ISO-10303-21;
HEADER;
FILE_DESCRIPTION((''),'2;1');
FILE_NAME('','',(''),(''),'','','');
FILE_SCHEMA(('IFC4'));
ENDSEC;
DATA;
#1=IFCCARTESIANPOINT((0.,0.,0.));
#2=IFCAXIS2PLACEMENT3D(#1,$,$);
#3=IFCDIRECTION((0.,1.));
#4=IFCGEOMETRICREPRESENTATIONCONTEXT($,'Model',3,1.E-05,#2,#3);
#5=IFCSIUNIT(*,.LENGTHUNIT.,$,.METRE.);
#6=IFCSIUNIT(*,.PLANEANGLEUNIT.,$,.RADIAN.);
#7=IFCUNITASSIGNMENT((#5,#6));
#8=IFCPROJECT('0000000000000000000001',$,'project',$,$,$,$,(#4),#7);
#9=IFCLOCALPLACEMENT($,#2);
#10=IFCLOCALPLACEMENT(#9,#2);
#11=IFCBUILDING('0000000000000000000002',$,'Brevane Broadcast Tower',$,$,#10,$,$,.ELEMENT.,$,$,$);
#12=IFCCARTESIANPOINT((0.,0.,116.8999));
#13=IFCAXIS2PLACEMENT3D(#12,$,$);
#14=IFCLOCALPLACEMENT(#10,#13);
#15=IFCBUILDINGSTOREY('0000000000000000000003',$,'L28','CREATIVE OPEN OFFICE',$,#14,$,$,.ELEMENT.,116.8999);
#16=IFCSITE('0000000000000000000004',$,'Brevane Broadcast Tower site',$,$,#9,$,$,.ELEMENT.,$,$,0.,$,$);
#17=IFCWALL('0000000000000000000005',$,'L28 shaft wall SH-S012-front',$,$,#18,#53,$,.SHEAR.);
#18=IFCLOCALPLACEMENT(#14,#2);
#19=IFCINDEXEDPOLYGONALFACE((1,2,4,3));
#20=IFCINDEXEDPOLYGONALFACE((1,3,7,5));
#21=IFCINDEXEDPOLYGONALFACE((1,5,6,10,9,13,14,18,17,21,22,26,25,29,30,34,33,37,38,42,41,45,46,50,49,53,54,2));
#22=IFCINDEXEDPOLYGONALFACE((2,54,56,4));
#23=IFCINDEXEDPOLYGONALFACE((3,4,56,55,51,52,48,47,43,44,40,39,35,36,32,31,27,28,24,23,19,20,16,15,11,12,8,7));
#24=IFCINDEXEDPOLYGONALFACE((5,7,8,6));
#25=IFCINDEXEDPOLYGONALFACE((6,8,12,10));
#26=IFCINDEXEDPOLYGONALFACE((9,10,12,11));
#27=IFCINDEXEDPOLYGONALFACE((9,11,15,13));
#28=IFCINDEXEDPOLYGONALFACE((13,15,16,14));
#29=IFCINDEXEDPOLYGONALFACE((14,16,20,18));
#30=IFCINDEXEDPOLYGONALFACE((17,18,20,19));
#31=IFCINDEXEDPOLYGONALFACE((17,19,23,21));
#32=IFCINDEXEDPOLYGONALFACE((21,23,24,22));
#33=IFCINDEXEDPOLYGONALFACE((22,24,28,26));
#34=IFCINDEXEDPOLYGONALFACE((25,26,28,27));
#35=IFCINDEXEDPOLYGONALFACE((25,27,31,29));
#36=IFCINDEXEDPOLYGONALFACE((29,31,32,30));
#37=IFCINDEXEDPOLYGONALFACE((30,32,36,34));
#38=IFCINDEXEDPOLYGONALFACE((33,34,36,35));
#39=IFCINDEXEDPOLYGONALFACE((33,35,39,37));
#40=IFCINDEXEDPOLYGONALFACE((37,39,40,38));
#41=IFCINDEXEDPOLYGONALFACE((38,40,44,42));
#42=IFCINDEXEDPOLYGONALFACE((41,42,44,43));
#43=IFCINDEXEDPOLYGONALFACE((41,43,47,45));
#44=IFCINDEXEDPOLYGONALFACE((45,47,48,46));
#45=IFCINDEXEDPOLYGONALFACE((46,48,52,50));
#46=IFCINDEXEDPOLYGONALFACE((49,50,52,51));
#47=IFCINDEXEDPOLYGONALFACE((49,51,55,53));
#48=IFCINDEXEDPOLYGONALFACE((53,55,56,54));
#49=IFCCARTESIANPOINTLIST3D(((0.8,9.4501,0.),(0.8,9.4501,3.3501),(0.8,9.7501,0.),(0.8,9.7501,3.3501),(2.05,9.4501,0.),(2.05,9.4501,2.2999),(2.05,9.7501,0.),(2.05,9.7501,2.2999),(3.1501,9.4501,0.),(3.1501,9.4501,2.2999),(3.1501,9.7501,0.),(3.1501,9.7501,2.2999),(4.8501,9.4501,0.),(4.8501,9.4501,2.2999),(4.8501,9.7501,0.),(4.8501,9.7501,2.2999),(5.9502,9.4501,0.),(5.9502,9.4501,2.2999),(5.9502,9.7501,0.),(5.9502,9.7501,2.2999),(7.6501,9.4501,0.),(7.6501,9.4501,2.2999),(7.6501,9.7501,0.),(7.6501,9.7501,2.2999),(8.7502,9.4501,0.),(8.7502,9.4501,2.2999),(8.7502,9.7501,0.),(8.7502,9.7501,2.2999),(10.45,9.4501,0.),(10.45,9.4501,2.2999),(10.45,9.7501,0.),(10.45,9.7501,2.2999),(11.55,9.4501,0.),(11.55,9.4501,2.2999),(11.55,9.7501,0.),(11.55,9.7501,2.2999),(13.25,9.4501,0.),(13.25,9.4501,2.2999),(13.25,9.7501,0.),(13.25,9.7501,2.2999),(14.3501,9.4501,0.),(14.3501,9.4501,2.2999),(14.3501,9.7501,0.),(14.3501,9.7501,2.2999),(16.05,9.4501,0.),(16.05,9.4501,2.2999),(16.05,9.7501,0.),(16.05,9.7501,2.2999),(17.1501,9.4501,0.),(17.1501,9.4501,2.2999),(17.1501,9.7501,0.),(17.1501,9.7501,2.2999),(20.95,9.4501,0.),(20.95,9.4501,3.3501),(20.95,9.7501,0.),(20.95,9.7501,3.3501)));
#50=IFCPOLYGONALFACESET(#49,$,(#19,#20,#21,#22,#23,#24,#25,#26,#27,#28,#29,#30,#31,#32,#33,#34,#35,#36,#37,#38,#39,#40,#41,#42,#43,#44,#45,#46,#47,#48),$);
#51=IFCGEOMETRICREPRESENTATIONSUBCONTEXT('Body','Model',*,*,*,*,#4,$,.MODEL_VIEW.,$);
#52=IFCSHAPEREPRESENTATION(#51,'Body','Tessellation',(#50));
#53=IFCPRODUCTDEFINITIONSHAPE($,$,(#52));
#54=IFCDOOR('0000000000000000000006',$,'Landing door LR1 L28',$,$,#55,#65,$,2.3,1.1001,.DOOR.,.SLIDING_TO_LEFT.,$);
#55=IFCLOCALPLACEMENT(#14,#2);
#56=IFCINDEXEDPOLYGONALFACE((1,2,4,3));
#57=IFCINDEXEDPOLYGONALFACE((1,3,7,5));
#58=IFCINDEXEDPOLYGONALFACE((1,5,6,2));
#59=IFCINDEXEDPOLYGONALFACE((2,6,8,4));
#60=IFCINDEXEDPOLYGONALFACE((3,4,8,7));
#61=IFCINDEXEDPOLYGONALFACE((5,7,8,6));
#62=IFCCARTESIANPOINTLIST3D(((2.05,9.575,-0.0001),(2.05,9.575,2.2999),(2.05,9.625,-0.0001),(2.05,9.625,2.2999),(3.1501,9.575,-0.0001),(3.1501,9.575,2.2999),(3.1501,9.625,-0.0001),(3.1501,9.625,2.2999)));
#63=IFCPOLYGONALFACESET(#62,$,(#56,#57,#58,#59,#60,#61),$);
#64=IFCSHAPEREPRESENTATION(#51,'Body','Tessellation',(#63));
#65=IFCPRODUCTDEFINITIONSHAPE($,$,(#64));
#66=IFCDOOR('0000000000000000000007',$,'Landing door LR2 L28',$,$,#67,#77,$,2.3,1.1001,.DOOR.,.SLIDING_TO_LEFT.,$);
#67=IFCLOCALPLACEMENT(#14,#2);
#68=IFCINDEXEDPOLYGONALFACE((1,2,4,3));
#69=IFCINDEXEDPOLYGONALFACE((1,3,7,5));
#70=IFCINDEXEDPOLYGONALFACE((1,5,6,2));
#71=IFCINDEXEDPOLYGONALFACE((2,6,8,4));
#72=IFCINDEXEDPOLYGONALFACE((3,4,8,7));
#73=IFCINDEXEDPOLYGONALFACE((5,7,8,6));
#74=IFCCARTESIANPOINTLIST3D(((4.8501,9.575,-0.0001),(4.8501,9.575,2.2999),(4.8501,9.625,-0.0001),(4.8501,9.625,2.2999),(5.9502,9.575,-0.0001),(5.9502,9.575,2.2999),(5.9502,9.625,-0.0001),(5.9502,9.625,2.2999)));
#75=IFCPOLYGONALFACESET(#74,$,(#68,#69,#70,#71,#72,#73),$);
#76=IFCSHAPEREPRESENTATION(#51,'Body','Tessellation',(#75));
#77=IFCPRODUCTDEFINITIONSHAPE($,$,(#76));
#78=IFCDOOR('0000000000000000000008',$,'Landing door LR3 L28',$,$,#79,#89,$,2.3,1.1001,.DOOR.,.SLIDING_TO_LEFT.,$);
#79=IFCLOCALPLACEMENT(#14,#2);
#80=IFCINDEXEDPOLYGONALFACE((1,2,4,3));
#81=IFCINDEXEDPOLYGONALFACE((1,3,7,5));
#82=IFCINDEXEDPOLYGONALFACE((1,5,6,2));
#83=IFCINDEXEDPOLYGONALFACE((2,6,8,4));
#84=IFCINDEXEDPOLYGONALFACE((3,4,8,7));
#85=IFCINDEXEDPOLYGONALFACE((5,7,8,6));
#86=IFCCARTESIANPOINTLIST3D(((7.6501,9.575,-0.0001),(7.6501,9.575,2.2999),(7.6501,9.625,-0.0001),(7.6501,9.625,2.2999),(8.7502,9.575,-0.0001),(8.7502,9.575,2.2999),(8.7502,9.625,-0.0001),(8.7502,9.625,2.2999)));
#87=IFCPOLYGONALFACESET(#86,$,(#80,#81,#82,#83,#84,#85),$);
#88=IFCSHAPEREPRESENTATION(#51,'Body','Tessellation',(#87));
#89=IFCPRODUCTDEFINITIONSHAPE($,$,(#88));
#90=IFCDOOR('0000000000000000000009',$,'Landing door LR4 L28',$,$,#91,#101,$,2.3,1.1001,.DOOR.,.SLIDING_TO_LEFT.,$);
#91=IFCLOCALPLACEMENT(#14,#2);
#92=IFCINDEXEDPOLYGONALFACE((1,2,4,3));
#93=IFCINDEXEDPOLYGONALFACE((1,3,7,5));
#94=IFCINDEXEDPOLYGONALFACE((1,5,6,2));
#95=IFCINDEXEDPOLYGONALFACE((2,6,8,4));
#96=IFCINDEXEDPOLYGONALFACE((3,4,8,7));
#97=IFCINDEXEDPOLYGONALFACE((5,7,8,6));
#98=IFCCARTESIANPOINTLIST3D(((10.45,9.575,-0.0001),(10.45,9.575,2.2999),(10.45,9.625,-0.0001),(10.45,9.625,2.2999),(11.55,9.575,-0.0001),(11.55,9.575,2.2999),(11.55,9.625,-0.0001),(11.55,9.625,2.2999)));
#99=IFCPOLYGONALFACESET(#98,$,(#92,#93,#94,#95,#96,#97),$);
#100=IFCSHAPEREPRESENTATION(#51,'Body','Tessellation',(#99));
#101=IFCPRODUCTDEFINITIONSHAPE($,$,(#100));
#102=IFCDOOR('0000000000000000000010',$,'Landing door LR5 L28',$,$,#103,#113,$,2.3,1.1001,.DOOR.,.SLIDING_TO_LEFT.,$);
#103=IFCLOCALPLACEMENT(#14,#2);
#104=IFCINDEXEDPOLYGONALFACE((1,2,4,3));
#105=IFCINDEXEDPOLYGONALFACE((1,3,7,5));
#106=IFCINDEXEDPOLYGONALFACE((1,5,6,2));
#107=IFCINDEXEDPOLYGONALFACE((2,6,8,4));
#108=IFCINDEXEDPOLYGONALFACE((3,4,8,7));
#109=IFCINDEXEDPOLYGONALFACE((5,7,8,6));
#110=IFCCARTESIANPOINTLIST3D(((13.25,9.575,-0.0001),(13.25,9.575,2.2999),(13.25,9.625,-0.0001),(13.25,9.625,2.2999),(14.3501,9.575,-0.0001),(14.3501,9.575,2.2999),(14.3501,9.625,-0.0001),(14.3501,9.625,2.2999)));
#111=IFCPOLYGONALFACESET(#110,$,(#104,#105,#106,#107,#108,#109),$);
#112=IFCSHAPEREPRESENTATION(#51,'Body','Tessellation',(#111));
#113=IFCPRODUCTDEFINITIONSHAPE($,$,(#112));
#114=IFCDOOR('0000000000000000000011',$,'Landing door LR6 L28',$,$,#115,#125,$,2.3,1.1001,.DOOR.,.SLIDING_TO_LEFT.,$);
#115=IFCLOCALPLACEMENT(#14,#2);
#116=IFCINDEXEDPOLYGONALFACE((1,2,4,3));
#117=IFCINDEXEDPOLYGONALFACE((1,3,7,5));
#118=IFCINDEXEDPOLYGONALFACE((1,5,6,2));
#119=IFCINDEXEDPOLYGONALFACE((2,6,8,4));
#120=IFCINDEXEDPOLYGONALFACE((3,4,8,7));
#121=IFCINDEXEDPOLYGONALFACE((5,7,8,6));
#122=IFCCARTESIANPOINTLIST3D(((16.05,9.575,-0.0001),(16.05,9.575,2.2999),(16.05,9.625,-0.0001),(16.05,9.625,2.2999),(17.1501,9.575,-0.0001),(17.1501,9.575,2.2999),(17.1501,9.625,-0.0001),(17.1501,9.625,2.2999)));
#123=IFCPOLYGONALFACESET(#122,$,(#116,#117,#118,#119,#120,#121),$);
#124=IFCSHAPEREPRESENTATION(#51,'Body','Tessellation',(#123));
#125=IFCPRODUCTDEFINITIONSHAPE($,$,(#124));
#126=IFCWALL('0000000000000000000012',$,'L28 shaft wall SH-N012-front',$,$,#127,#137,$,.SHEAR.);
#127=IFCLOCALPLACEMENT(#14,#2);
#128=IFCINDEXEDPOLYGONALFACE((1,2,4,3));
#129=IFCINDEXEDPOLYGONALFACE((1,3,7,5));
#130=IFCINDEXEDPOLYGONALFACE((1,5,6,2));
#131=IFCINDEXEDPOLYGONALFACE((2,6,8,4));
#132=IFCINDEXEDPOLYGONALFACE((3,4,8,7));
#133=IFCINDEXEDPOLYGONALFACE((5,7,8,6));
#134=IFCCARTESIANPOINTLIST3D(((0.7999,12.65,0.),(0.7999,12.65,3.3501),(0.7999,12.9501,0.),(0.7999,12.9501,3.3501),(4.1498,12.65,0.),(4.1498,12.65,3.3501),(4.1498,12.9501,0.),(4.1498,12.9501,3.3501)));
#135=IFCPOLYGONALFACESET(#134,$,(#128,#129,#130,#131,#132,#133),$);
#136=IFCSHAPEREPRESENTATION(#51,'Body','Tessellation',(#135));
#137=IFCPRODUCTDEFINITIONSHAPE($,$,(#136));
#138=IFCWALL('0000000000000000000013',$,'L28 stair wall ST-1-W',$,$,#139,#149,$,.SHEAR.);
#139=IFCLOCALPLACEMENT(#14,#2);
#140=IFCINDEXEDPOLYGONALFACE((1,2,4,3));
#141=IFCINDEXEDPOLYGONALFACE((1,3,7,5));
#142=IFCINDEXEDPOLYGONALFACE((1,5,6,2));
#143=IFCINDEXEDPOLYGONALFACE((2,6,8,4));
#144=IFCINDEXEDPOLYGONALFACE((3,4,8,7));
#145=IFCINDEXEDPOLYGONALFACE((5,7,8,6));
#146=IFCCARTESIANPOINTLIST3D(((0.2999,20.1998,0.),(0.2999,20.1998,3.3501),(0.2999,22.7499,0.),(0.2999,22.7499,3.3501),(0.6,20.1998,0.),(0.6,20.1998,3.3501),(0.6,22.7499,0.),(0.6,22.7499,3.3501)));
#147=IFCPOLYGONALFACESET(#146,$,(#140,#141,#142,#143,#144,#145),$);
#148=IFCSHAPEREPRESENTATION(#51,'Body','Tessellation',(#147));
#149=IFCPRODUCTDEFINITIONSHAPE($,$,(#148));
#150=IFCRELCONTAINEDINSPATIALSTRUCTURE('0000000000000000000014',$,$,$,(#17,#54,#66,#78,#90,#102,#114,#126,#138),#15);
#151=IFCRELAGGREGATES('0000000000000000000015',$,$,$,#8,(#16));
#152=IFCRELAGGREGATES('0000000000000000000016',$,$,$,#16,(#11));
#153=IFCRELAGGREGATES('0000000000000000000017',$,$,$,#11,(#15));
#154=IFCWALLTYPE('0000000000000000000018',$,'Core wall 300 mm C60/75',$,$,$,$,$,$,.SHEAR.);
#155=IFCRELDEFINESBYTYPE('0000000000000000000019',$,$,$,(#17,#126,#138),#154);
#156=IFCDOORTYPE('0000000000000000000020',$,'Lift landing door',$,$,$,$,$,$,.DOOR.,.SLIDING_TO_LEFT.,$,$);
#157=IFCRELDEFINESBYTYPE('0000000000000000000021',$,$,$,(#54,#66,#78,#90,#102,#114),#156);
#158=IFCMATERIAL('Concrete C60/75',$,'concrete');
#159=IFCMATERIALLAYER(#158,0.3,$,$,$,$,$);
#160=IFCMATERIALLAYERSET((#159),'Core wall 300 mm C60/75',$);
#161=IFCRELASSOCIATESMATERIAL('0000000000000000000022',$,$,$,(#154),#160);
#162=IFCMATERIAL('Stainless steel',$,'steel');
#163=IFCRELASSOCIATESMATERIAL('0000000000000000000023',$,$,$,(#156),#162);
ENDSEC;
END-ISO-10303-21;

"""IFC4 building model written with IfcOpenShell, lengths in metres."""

from ifc_helpers import new_model, si_unit, direction, frame, frame_2d, origin, place, context, subcontext, project, spatial, rectangle, extrude, material, layer, layer_set, type_object, element, fill, save


model = new_model("IFC4")

# Units and contexts
model_context = context("Model", 3, precision=1e-05, world=origin(), true_north=direction((0.0, 1.0)))
body_context = subcontext(model_context, "Body", "Model", "MODEL_VIEW")
ifc_project = project(units=[si_unit("LENGTHUNIT", "METRE"), si_unit("PLANEANGLEUNIT", "RADIAN")], contexts=[model_context])

# Site, building, storey
site_placement = place(None, origin())
site = spatial("IfcSite", under=ifc_project, at=site_placement, Name="Brevane Broadcast Tower site", CompositionType="ELEMENT", RefElevation=0.0)
building_placement = place(site_placement, origin())
building = spatial("IfcBuilding", under=site, at=building_placement, Name="Brevane Broadcast Tower", CompositionType="ELEMENT")
storey_placement = place(building_placement, frame((0.0, 0.0, 116.8999)))
storey = spatial("IfcBuildingStorey", under=building, at=storey_placement, Name="L28", Description="CREATIVE OPEN OFFICE", CompositionType="ELEMENT", Elevation=116.8999)

# Wall, openings, doors
ifc_material_1 = material(Name="Concrete C60/75", Category="concrete")
ifc_layer_1 = layer(ifc_material_1, 0.3)
ifc_layer_set_1 = layer_set([ifc_layer_1], Name="Core wall 300 mm C60/75")
wall_type_1 = type_object("IfcWallType", Name="Core wall 300 mm C60/75", PredefinedType="SHEAR", material=ifc_layer_set_1)
wall_1_placement = place(storey_placement, frame((0.8, 9.6001, 0.0), z_axis=(0.0, 0.0, 1.0), x_axis=(1.0, 0.0, 0.0)))
wall_1 = element("IfcWall", 1, at=wall_1_placement, inside=storey, type_object=wall_type_1, Name="L28 shaft wall SH-S012-front", PredefinedType="SHEAR", context=body_context, shape_type="SweptSolid", body=[
    extrude(rectangle(XDim=20.1499, YDim=0.3, at=frame_2d((10.075, 0.0))), origin(), (0.0, 0.0, 1.0), 3.3501),
])
opening_1_placement = place(wall_1_placement, frame((1.25, 0.0, 0.0)))
opening_1 = element("IfcOpeningElement", 2, at=opening_1_placement, cuts=wall_1, PredefinedType="OPENING", context=body_context, shape_type="SweptSolid", body=[
    extrude(rectangle(XDim=1.1001, YDim=2.3, at=frame_2d((0.55, 1.1499))), frame((0.0, 0.1599, 0.0), z_axis=(0.0, -1.0, 0.0), x_axis=(1.0, 0.0, 0.0)), (0.0, 0.0, 1.0), 0.3201),
])
opening_2_placement = place(wall_1_placement, frame((4.05, 0.0, 0.0)))
opening_2 = element("IfcOpeningElement", 3, at=opening_2_placement, cuts=wall_1, PredefinedType="OPENING", context=body_context, shape_type="SweptSolid", body=[
    extrude(rectangle(XDim=1.1001, YDim=2.3, at=frame_2d((0.55, 1.1499))), frame((0.0, 0.1599, 0.0), z_axis=(0.0, -1.0, 0.0), x_axis=(1.0, 0.0, 0.0)), (0.0, 0.0, 1.0), 0.3201),
])
opening_3_placement = place(wall_1_placement, frame((6.8501, 0.0, 0.0)))
opening_3 = element("IfcOpeningElement", 4, at=opening_3_placement, cuts=wall_1, PredefinedType="OPENING", context=body_context, shape_type="SweptSolid", body=[
    extrude(rectangle(XDim=1.1001, YDim=2.3, at=frame_2d((0.55, 1.1499))), frame((0.0, 0.1599, 0.0), z_axis=(0.0, -1.0, 0.0), x_axis=(1.0, 0.0, 0.0)), (0.0, 0.0, 1.0), 0.3201),
])
opening_4_placement = place(wall_1_placement, frame((9.6499, 0.0, 0.0)))
opening_4 = element("IfcOpeningElement", 5, at=opening_4_placement, cuts=wall_1, PredefinedType="OPENING", context=body_context, shape_type="SweptSolid", body=[
    extrude(rectangle(XDim=1.1001, YDim=2.3, at=frame_2d((0.55, 1.1499))), frame((0.0, 0.1599, 0.0), z_axis=(0.0, -1.0, 0.0), x_axis=(1.0, 0.0, 0.0)), (0.0, 0.0, 1.0), 0.3201),
])
opening_5_placement = place(wall_1_placement, frame((12.45, 0.0, 0.0)))
opening_5 = element("IfcOpeningElement", 6, at=opening_5_placement, cuts=wall_1, PredefinedType="OPENING", context=body_context, shape_type="SweptSolid", body=[
    extrude(rectangle(XDim=1.1001, YDim=2.3, at=frame_2d((0.55, 1.1499))), frame((0.0, 0.1599, 0.0), z_axis=(0.0, -1.0, 0.0), x_axis=(1.0, 0.0, 0.0)), (0.0, 0.0, 1.0), 0.3201),
])
opening_6_placement = place(wall_1_placement, frame((15.25, 0.0, 0.0)))
opening_6 = element("IfcOpeningElement", 7, at=opening_6_placement, cuts=wall_1, PredefinedType="OPENING", context=body_context, shape_type="SweptSolid", body=[
    extrude(rectangle(XDim=1.1001, YDim=2.3, at=frame_2d((0.55, 1.1499))), frame((0.0, 0.1599, 0.0), z_axis=(0.0, -1.0, 0.0), x_axis=(1.0, 0.0, 0.0)), (0.0, 0.0, 1.0), 0.3201),
])
ifc_material_2 = material(Name="Stainless steel", Category="steel")
door_type = type_object("IfcDoorType", Name="Lift landing door", OperationType="SLIDING_TO_LEFT", PredefinedType="DOOR", material=ifc_material_2)
door_1_placement = place(opening_1_placement, origin())
door_1 = element("IfcDoor", 8, at=door_1_placement, inside=storey, type_object=door_type, Name="Landing door LR1 L28", OperationType="SLIDING_TO_LEFT", OverallHeight=2.3, OverallWidth=1.1001, PredefinedType="DOOR", context=body_context, shape_type="SweptSolid", body=[
    extrude(rectangle(XDim=1.1001, YDim=2.3, at=frame_2d((0.55, 1.1499))), frame((0.0, 0.0249, 0.0), z_axis=(0.0, -1.0, 0.0), x_axis=(1.0, 0.0, 0.0)), (0.0, 0.0, 1.0), 0.05),
])
fill(opening_1, door_1)
door_2_placement = place(opening_2_placement, origin())
door_2 = element("IfcDoor", 9, at=door_2_placement, inside=storey, type_object=door_type, Name="Landing door LR2 L28", OperationType="SLIDING_TO_LEFT", OverallHeight=2.3, OverallWidth=1.1001, PredefinedType="DOOR", context=body_context, shape_type="SweptSolid", body=[
    extrude(rectangle(XDim=1.1001, YDim=2.3, at=frame_2d((0.55, 1.1499))), frame((0.0, 0.0249, 0.0), z_axis=(0.0, -1.0, 0.0), x_axis=(1.0, 0.0, 0.0)), (0.0, 0.0, 1.0), 0.05),
])
fill(opening_2, door_2)
door_3_placement = place(opening_3_placement, origin())
door_3 = element("IfcDoor", 10, at=door_3_placement, inside=storey, type_object=door_type, Name="Landing door LR3 L28", OperationType="SLIDING_TO_LEFT", OverallHeight=2.3, OverallWidth=1.1001, PredefinedType="DOOR", context=body_context, shape_type="SweptSolid", body=[
    extrude(rectangle(XDim=1.1001, YDim=2.3, at=frame_2d((0.55, 1.1499))), frame((0.0, 0.0249, 0.0), z_axis=(0.0, -1.0, 0.0), x_axis=(1.0, 0.0, 0.0)), (0.0, 0.0, 1.0), 0.05),
])
fill(opening_3, door_3)
door_4_placement = place(opening_4_placement, origin())
door_4 = element("IfcDoor", 11, at=door_4_placement, inside=storey, type_object=door_type, Name="Landing door LR4 L28", OperationType="SLIDING_TO_LEFT", OverallHeight=2.3, OverallWidth=1.1001, PredefinedType="DOOR", context=body_context, shape_type="SweptSolid", body=[
    extrude(rectangle(XDim=1.1001, YDim=2.3, at=frame_2d((0.55, 1.1499))), frame((0.0, 0.0249, 0.0), z_axis=(0.0, -1.0, 0.0), x_axis=(1.0, 0.0, 0.0)), (0.0, 0.0, 1.0), 0.05),
])
fill(opening_4, door_4)
door_5_placement = place(opening_5_placement, origin())
door_5 = element("IfcDoor", 12, at=door_5_placement, inside=storey, type_object=door_type, Name="Landing door LR5 L28", OperationType="SLIDING_TO_LEFT", OverallHeight=2.3, OverallWidth=1.1001, PredefinedType="DOOR", context=body_context, shape_type="SweptSolid", body=[
    extrude(rectangle(XDim=1.1001, YDim=2.3, at=frame_2d((0.55, 1.1499))), frame((0.0, 0.0249, 0.0), z_axis=(0.0, -1.0, 0.0), x_axis=(1.0, 0.0, 0.0)), (0.0, 0.0, 1.0), 0.05),
])
fill(opening_5, door_5)
door_6_placement = place(opening_6_placement, origin())
door_6 = element("IfcDoor", 13, at=door_6_placement, inside=storey, type_object=door_type, Name="Landing door LR6 L28", OperationType="SLIDING_TO_LEFT", OverallHeight=2.3, OverallWidth=1.1001, PredefinedType="DOOR", context=body_context, shape_type="SweptSolid", body=[
    extrude(rectangle(XDim=1.1001, YDim=2.3, at=frame_2d((0.55, 1.1499))), frame((0.0, 0.0249, 0.0), z_axis=(0.0, -1.0, 0.0), x_axis=(1.0, 0.0, 0.0)), (0.0, 0.0, 1.0), 0.05),
])
fill(opening_6, door_6)

# Walls
wall_2_placement = place(storey_placement, frame((0.8, 12.8, 0.0), z_axis=(0.0, 0.0, 1.0), x_axis=(1.0, 0.0, 0.0)))
element("IfcWall", 14, at=wall_2_placement, inside=storey, type_object=wall_type_1, Name="L28 shaft wall SH-N012-front", PredefinedType="SHEAR", context=body_context, shape_type="SweptSolid", body=[
    extrude(rectangle(XDim=3.3499, YDim=0.3, at=frame_2d((1.6748, 0.0))), origin(), (0.0, 0.0, 1.0), 3.3501),
])
wall_3_placement = place(storey_placement, frame((0.45, 20.2, 0.0), z_axis=(0.0, 0.0, 1.0), x_axis=(0.0, 1.0, 0.0)))
element("IfcWall", 15, at=wall_3_placement, inside=storey, type_object=wall_type_1, Name="L28 stair wall ST-1-W", PredefinedType="SHEAR", context=body_context, shape_type="SweptSolid", body=[
    extrude(rectangle(XDim=2.55, YDim=0.3, at=frame_2d((1.2749, 0.0))), origin(), (0.0, 0.0, 1.0), 3.3501),
])

save(model, "model.ifc")
